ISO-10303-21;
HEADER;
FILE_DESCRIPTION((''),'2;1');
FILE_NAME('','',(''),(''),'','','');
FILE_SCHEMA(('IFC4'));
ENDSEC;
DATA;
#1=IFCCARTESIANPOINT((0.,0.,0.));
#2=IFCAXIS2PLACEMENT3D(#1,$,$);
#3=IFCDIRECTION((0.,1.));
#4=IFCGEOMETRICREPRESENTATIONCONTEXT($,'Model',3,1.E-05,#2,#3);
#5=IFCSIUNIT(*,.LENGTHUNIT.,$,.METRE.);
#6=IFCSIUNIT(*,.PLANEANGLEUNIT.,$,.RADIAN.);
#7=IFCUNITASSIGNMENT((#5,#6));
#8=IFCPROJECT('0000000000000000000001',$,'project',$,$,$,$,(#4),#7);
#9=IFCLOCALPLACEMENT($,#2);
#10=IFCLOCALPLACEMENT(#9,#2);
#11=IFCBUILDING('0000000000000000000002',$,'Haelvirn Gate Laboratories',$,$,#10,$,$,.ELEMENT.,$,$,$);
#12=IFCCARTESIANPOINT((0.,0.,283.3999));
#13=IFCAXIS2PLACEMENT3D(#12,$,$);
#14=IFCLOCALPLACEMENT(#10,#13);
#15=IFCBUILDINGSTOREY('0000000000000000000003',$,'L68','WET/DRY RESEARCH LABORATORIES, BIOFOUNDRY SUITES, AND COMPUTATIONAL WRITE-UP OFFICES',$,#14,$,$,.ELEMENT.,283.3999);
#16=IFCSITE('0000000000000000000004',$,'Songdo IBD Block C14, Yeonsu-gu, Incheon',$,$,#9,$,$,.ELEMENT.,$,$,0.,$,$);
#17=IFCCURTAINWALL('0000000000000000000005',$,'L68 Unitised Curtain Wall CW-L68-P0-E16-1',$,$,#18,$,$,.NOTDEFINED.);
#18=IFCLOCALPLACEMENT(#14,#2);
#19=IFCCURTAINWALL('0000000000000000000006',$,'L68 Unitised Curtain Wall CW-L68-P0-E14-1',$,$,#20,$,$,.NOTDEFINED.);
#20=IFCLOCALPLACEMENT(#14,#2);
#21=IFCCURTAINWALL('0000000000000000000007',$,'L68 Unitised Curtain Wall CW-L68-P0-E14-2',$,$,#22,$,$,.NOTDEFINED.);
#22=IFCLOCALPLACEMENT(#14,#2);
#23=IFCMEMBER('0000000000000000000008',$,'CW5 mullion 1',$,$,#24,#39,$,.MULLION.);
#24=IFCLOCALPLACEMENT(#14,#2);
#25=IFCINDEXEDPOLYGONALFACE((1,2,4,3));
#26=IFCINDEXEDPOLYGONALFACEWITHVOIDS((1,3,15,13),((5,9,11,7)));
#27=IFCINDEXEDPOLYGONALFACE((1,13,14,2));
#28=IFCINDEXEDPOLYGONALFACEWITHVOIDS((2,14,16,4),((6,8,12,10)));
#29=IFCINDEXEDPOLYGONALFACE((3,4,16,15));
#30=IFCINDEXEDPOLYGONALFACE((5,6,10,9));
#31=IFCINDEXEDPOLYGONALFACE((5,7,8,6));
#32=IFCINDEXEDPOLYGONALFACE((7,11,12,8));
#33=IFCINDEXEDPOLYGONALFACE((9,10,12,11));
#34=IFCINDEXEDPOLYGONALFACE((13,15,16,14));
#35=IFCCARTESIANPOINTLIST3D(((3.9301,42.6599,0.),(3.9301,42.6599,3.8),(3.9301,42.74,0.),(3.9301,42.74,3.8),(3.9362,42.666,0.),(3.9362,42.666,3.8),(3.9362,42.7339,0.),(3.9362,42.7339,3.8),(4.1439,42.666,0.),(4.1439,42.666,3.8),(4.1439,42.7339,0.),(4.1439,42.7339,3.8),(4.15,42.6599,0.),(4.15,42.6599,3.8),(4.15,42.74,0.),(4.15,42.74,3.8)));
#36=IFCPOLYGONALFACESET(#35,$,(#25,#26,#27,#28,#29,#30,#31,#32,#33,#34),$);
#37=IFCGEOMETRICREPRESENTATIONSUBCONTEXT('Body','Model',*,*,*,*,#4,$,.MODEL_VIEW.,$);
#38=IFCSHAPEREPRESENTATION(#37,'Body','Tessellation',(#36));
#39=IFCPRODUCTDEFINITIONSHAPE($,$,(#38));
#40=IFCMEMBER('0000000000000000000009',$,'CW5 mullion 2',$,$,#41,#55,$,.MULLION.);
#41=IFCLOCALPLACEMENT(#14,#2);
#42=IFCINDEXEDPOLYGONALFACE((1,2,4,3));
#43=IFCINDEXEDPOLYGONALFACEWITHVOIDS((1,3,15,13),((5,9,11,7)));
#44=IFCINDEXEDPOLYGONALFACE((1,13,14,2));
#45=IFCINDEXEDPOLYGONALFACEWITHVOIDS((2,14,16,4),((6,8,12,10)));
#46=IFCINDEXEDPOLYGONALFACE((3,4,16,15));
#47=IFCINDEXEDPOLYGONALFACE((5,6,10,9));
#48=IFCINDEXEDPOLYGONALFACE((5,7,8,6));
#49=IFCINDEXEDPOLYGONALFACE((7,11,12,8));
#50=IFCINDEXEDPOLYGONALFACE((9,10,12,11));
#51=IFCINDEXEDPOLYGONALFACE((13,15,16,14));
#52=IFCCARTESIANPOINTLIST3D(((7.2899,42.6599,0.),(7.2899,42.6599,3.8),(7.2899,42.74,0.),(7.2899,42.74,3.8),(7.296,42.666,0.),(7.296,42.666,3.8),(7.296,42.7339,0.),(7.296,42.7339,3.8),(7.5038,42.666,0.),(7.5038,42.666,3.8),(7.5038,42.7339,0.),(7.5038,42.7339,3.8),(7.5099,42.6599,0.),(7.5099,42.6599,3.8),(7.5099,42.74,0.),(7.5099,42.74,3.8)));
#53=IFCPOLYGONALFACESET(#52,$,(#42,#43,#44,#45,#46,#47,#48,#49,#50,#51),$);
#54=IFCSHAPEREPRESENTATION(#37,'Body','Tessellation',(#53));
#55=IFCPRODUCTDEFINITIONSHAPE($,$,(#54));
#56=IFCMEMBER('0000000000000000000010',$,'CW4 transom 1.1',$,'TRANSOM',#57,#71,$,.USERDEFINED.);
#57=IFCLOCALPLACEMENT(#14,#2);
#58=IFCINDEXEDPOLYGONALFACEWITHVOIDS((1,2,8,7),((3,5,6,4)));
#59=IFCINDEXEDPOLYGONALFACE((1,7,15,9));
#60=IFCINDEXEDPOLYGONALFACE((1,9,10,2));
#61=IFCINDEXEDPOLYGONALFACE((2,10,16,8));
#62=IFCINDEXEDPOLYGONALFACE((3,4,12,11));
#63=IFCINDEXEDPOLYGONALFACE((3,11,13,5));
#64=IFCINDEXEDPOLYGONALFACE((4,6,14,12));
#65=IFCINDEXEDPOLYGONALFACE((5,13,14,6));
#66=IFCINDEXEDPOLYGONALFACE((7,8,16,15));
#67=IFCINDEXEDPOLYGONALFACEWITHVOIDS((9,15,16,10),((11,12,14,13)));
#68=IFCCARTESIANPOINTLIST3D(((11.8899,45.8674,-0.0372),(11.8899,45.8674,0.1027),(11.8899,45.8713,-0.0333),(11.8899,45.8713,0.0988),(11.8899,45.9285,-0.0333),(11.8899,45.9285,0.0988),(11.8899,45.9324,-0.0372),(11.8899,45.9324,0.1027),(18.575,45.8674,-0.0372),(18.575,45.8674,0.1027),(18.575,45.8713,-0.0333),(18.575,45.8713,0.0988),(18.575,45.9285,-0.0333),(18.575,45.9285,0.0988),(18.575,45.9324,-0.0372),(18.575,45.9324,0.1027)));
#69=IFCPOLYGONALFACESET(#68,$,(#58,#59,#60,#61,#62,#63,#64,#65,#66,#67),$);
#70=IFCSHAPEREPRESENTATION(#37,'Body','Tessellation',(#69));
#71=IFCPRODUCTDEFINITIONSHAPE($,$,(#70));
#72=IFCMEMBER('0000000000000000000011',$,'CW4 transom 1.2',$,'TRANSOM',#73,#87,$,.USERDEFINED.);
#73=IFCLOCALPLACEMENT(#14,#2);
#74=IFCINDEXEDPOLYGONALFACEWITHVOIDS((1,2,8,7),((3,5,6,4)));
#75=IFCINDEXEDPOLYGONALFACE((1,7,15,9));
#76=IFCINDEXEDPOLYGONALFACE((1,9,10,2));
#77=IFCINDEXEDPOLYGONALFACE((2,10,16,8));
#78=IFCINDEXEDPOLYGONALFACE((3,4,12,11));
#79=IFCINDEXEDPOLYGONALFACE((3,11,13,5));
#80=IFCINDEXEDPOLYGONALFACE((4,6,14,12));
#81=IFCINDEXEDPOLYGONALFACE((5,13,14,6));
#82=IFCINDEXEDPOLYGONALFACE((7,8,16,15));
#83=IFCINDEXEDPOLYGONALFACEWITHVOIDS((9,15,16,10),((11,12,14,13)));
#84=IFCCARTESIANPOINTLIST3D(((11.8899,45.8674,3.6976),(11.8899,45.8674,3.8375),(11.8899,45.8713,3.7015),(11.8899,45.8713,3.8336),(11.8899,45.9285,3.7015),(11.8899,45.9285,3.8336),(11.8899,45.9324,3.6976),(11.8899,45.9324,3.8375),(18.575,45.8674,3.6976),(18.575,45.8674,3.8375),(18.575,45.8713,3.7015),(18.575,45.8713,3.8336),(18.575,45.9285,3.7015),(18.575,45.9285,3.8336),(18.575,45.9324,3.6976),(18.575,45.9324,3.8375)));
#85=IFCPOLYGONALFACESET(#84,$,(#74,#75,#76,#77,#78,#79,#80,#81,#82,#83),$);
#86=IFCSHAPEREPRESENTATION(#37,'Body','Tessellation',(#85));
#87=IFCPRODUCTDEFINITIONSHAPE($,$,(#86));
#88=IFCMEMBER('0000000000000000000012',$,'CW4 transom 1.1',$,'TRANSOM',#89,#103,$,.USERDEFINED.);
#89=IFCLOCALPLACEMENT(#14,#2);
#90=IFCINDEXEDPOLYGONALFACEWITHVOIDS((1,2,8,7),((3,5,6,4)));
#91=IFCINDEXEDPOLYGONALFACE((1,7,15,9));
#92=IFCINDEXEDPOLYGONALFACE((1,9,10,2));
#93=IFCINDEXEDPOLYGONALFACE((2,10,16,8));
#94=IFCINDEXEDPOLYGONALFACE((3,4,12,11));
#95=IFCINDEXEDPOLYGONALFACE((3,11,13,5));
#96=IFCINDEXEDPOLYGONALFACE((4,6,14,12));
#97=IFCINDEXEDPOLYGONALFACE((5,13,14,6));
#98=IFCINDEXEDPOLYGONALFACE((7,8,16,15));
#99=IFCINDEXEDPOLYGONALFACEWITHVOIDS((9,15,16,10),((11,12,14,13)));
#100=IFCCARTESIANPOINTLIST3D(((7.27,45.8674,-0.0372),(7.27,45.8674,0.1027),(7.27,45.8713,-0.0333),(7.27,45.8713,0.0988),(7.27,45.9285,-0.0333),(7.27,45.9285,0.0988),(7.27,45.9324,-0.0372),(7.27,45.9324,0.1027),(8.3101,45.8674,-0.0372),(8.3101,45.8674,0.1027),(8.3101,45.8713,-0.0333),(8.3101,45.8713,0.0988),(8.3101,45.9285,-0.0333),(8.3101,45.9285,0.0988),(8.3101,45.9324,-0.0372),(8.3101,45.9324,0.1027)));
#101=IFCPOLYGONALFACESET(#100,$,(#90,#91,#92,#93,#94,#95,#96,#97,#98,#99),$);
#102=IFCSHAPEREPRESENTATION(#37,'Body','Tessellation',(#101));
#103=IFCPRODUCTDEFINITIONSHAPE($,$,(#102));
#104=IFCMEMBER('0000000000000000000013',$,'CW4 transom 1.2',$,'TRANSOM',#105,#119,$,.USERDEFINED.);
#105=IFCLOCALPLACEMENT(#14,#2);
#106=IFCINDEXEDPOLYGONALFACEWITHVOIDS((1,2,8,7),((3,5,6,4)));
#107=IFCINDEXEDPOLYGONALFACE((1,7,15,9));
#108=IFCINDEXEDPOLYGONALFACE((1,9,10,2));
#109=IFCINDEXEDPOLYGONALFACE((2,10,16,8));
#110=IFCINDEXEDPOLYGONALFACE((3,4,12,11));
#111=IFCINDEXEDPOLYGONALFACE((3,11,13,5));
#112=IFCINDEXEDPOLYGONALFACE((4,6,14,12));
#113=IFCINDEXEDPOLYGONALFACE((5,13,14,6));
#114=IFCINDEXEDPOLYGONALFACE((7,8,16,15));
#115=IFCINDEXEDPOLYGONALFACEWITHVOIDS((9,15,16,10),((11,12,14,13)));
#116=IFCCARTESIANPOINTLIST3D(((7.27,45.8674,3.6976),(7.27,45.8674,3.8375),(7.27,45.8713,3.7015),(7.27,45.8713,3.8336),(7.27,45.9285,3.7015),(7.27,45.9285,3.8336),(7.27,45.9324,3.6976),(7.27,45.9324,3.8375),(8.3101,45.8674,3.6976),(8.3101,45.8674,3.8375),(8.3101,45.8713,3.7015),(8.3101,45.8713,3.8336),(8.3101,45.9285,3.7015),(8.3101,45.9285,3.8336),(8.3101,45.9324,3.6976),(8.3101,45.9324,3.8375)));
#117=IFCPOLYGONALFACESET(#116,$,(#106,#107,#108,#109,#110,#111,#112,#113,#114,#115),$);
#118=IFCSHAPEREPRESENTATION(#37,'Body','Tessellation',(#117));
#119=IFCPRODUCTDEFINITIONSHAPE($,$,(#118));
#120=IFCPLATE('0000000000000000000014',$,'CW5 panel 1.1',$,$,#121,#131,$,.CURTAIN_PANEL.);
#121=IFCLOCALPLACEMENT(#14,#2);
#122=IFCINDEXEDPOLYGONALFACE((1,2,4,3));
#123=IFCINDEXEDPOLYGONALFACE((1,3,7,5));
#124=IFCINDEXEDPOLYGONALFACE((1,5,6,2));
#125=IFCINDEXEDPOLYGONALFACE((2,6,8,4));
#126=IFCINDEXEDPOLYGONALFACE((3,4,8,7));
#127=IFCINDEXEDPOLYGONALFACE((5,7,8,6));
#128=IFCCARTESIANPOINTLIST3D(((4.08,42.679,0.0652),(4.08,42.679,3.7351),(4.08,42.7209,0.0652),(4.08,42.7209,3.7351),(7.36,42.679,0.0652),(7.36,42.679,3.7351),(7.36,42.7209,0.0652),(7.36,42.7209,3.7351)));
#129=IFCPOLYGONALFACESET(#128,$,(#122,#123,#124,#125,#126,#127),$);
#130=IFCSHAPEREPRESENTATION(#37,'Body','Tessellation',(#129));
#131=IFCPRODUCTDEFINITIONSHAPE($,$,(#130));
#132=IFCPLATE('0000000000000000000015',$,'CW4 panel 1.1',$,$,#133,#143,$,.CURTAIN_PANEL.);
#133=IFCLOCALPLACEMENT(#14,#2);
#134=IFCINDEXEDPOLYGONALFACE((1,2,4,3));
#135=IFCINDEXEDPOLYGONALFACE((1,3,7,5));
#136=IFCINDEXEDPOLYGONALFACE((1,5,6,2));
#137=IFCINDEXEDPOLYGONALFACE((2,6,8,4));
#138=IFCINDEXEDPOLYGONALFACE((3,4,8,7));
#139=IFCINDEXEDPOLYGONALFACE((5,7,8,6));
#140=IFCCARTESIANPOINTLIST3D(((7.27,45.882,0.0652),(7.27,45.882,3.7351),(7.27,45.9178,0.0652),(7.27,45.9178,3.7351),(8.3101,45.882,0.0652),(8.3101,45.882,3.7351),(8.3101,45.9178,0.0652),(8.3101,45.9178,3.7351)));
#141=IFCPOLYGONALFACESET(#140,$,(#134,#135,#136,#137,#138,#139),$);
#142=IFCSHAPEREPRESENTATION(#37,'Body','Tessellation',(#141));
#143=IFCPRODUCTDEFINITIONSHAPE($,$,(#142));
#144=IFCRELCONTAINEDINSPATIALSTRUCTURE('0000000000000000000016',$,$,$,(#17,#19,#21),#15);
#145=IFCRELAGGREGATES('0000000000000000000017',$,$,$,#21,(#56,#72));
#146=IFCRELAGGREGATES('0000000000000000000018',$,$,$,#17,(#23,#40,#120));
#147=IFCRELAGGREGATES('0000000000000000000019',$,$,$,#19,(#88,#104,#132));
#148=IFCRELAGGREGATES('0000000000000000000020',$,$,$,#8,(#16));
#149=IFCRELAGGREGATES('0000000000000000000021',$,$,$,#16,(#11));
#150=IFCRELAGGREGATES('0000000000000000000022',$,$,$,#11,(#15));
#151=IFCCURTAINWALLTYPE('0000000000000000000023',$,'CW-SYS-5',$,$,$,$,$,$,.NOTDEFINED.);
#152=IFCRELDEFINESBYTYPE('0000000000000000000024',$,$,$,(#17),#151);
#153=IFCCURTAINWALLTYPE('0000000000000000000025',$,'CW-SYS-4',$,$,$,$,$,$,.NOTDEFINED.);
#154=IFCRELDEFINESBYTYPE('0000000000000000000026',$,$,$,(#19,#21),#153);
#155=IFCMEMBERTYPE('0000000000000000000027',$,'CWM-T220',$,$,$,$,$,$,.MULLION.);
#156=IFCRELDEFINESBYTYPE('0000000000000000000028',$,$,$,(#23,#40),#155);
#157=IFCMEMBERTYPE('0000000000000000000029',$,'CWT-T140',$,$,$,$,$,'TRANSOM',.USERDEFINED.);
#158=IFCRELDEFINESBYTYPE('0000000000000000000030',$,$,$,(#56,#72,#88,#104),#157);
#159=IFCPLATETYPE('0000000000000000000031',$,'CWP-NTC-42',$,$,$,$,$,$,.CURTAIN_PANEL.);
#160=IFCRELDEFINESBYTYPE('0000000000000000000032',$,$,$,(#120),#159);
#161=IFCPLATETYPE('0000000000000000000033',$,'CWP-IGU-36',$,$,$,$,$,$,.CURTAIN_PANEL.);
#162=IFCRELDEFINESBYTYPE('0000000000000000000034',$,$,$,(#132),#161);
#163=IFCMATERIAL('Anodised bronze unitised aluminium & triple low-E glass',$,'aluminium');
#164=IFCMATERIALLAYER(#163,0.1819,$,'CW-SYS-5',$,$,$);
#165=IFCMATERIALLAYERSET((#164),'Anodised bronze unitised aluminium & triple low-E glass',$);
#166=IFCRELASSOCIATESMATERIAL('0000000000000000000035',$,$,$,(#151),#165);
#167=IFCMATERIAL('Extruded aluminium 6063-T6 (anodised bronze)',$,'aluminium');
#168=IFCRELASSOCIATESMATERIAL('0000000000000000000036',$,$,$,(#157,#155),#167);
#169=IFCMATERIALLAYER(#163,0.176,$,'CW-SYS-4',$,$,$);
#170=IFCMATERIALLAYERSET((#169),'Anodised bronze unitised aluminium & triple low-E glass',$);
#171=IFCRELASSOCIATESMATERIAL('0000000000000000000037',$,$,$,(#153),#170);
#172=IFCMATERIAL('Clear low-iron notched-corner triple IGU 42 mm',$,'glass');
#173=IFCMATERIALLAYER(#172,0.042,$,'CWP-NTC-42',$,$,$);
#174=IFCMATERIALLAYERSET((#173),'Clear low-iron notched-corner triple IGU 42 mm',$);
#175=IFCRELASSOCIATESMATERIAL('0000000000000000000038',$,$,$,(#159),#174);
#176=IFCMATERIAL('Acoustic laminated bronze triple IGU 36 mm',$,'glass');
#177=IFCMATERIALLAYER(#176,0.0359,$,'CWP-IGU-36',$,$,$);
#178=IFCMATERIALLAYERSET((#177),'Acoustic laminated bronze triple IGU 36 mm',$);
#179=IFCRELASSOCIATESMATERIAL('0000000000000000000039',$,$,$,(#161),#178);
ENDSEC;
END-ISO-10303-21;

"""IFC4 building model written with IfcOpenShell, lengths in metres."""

from ifc_helpers import new_model, si_unit, direction, frame, origin, origin_2d, place, context, subcontext, project, spatial, rectangle, hollow_rectangle, extrude, source, transform, mapped, material, layer, layer_set, material_profile, profile_set, type_object, type_shapes, element, aggregate, save


model = new_model("IFC4")

# Units and contexts
model_context = context("Model", 3, precision=1e-05, world=origin(), true_north=direction((0.0, 1.0)))
body_context = subcontext(model_context, "Body", "Model", "MODEL_VIEW")
ifc_project = project(units=[si_unit("LENGTHUNIT", "METRE"), si_unit("PLANEANGLEUNIT", "RADIAN")], contexts=[model_context])

# Site, building, storey
site_placement = place(None, origin())
site = spatial("IfcSite", under=ifc_project, at=site_placement, Name="Songdo IBD Block C14, Yeonsu-gu, Incheon", CompositionType="ELEMENT", RefElevation=0.0)
building_placement = place(site_placement, origin())
building = spatial("IfcBuilding", under=site, at=building_placement, Name="Haelvirn Gate Laboratories", CompositionType="ELEMENT")
storey_placement = place(building_placement, frame((0.0, 0.0, 283.3999)))
storey = spatial("IfcBuildingStorey", under=building, at=storey_placement, Name="L68", Description="WET/DRY RESEARCH LABORATORIES, BIOFOUNDRY SUITES, AND COMPUTATIONAL WRITE-UP OFFICES", CompositionType="ELEMENT", Elevation=283.3999)

# Curtain walls
ifc_material_1 = material(Name="Anodised bronze unitised aluminium & triple low-E glass", Category="aluminium")
ifc_layer_1 = layer(ifc_material_1, 0.1819, Name="CW-SYS-5")
ifc_layer_set_1 = layer_set([ifc_layer_1], Name="Anodised bronze unitised aluminium & triple low-E glass")
curtain_wall_type_1 = type_object("IfcCurtainWallType", Name="CW-SYS-5", PredefinedType="NOTDEFINED", material=ifc_layer_set_1)
curtain_wall_1_placement = place(storey_placement, origin())
curtain_wall_1 = element("IfcCurtainWall", 1, at=curtain_wall_1_placement, inside=storey, type_object=curtain_wall_type_1, Name="L68 Unitised Curtain Wall CW-L68-P0-E16-1", PredefinedType="NOTDEFINED")
ifc_material_2 = material(Name="Extruded aluminium 6063-T6 (anodised bronze)", Category="aluminium")
ifc_material_profile_1 = material_profile(ifc_material_2, hollow_rectangle(XDim=0.0649, YDim=0.1399, WallThickness=0.0039, at=origin_2d()), Name="CWT-140x65x4")
ifc_profile_set_1 = profile_set([ifc_material_profile_1], Name="Extruded aluminium 6063-T6 (anodised bronze)")
member_type_1 = type_object("IfcMemberType", Name="CWT-T140", ElementType="TRANSOM", PredefinedType="USERDEFINED", material=ifc_profile_set_1)
ifc_layer_2 = layer(ifc_material_1, 0.176, Name="CW-SYS-4")
ifc_layer_set_2 = layer_set([ifc_layer_2], Name="Anodised bronze unitised aluminium & triple low-E glass")
curtain_wall_type_2 = type_object("IfcCurtainWallType", Name="CW-SYS-4", PredefinedType="NOTDEFINED", material=ifc_layer_set_2)
curtain_wall_2_placement = place(storey_placement, origin())
curtain_wall_2 = element("IfcCurtainWall", 2, at=curtain_wall_2_placement, inside=storey, type_object=curtain_wall_type_2, Name="L68 Unitised Curtain Wall CW-L68-P0-E14-1", PredefinedType="NOTDEFINED")

# Curtain wall
curtain_wall_3_placement = place(storey_placement, origin())
curtain_wall_3 = element("IfcCurtainWall", 3, at=curtain_wall_3_placement, inside=storey, type_object=curtain_wall_type_2, Name="L68 Unitised Curtain Wall CW-L68-P0-E14-2", PredefinedType="NOTDEFINED")

# Members
ifc_material_profile_2 = material_profile(ifc_material_2, hollow_rectangle(XDim=0.0801, YDim=0.22, WallThickness=0.0061, at=origin_2d()), Name="CWM-220x80x6")
ifc_profile_set_2 = profile_set([ifc_material_profile_2], Name="Extruded aluminium 6063-T6 (anodised bronze)")
member_type_2 = type_object("IfcMemberType", Name="CWM-T220", PredefinedType="MULLION", material=ifc_profile_set_2)
shared_shape_1 = source(origin(), body_context, "Body", "SweptSolid", [
    extrude(hollow_rectangle(XDim=0.0801, YDim=0.22, WallThickness=0.0061, at=origin_2d()), origin(), (0.0, 0.0, 1.0), 3.8),
])
type_shapes(member_type_2, [shared_shape_1])
member_1_placement = place(storey_placement, frame((4.04, 42.7, 0.0), z_axis=(0.0, 0.0, 1.0), x_axis=(0.0, 1.0, 0.0)))
member_1 = element("IfcMember", 4, at=member_1_placement, type_object=member_type_2, Name="CW5 mullion 1", PredefinedType="MULLION", context=body_context, shape_type="MappedRepresentation", body=[
    mapped(shared_shape_1, transform((0.0, 0.0, 0.0), scale=1.0)),
])
member_2_placement = place(storey_placement, frame((7.3999, 42.7, 0.0), z_axis=(0.0, 0.0, 1.0), x_axis=(0.0, 1.0, 0.0)))
member_2 = element("IfcMember", 5, at=member_2_placement, type_object=member_type_2, Name="CW5 mullion 2", PredefinedType="MULLION", context=body_context, shape_type="MappedRepresentation", body=[
    mapped(shared_shape_1, transform((0.0, 0.0, 0.0), scale=1.0)),
])
shared_shape_2 = source(origin(), body_context, "Body", "SweptSolid", [
    extrude(hollow_rectangle(XDim=0.0649, YDim=0.1399, WallThickness=0.0039, at=origin_2d()), origin(), (0.0, 0.0, 1.0), 6.6851),
])
member_3_placement = place(storey_placement, frame((11.8899, 45.8999, 0.0327), z_axis=(1.0, 0.0, 0.0), x_axis=(0.0, 1.0, 0.0)))
member_3 = element("IfcMember", 6, at=member_3_placement, type_object=member_type_1, Name="CW4 transom 1.1", ObjectType="TRANSOM", PredefinedType="USERDEFINED", context=body_context, shape_type="MappedRepresentation", body=[
    mapped(shared_shape_2, transform((0.0, 0.0, 0.0), scale=1.0)),
])
member_4_placement = place(storey_placement, frame((11.8899, 45.8999, 3.7676), z_axis=(1.0, 0.0, 0.0), x_axis=(0.0, 1.0, 0.0)))
member_4 = element("IfcMember", 7, at=member_4_placement, type_object=member_type_1, Name="CW4 transom 1.2", ObjectType="TRANSOM", PredefinedType="USERDEFINED", context=body_context, shape_type="MappedRepresentation", body=[
    mapped(shared_shape_2, transform((0.0, 0.0, 0.0), scale=1.0)),
])
aggregate(curtain_wall_3, [member_3, member_4])
shared_shape_3 = source(origin(), body_context, "Body", "SweptSolid", [
    extrude(hollow_rectangle(XDim=0.0649, YDim=0.1399, WallThickness=0.0039, at=origin_2d()), origin(), (0.0, 0.0, 1.0), 1.04),
])
member_5_placement = place(storey_placement, frame((7.27, 45.8999, 0.0327), z_axis=(1.0, 0.0, 0.0), x_axis=(0.0, 1.0, 0.0)))
member_5 = element("IfcMember", 8, at=member_5_placement, type_object=member_type_1, Name="CW4 transom 1.1", ObjectType="TRANSOM", PredefinedType="USERDEFINED", context=body_context, shape_type="MappedRepresentation", body=[
    mapped(shared_shape_3, transform((0.0, 0.0, 0.0), scale=1.0)),
])
member_6_placement = place(storey_placement, frame((7.27, 45.8999, 3.7676), z_axis=(1.0, 0.0, 0.0), x_axis=(0.0, 1.0, 0.0)))
member_6 = element("IfcMember", 9, at=member_6_placement, type_object=member_type_1, Name="CW4 transom 1.2", ObjectType="TRANSOM", PredefinedType="USERDEFINED", context=body_context, shape_type="MappedRepresentation", body=[
    mapped(shared_shape_3, transform((0.0, 0.0, 0.0), scale=1.0)),
])

# Plates
ifc_material_3 = material(Name="Clear low-iron notched-corner triple IGU 42 mm", Category="glass")
ifc_layer_3 = layer(ifc_material_3, 0.042, Name="CWP-NTC-42")
ifc_layer_set_3 = layer_set([ifc_layer_3], Name="Clear low-iron notched-corner triple IGU 42 mm")
plate_type_1 = type_object("IfcPlateType", Name="CWP-NTC-42", PredefinedType="CURTAIN_PANEL", material=ifc_layer_set_3)
shared_shape_4 = source(origin(), body_context, "Body", "SweptSolid", [
    extrude(rectangle(XDim=3.28, YDim=0.042, at=origin_2d()), origin(), (0.0, 0.0, 1.0), 3.6699),
])
type_shapes(plate_type_1, [shared_shape_4])
plate_1_placement = place(storey_placement, frame((5.72, 42.7, 0.0652), z_axis=(0.0, 0.0, 1.0), x_axis=(1.0, 0.0, 0.0)))
plate_1 = element("IfcPlate", 10, at=plate_1_placement, type_object=plate_type_1, Name="CW5 panel 1.1", PredefinedType="CURTAIN_PANEL", context=body_context, shape_type="MappedRepresentation", body=[
    mapped(shared_shape_4, transform((0.0, 0.0, 0.0), scale=1.0)),
])
aggregate(curtain_wall_1, [member_1, member_2, plate_1])
ifc_material_4 = material(Name="Acoustic laminated bronze triple IGU 36 mm", Category="glass")
ifc_layer_4 = layer(ifc_material_4, 0.0359, Name="CWP-IGU-36")
ifc_layer_set_4 = layer_set([ifc_layer_4], Name="Acoustic laminated bronze triple IGU 36 mm")
plate_type_2 = type_object("IfcPlateType", Name="CWP-IGU-36", PredefinedType="CURTAIN_PANEL", material=ifc_layer_set_4)
shared_shape_5 = source(origin(), body_context, "Body", "SweptSolid", [
    extrude(rectangle(XDim=1.04, YDim=0.0359, at=origin_2d()), origin(), (0.0, 0.0, 1.0), 3.6699),
])
type_shapes(plate_type_2, [shared_shape_5])
plate_2_placement = place(storey_placement, frame((7.79, 45.8999, 0.0652), z_axis=(0.0, 0.0, 1.0), x_axis=(1.0, 0.0, 0.0)))
plate_2 = element("IfcPlate", 11, at=plate_2_placement, type_object=plate_type_2, Name="CW4 panel 1.1", PredefinedType="CURTAIN_PANEL", context=body_context, shape_type="MappedRepresentation", body=[
    mapped(shared_shape_5, transform((0.0, 0.0, 0.0), scale=1.0)),
])
aggregate(curtain_wall_2, [member_5, member_6, plate_2])

save(model, "model.ifc")
